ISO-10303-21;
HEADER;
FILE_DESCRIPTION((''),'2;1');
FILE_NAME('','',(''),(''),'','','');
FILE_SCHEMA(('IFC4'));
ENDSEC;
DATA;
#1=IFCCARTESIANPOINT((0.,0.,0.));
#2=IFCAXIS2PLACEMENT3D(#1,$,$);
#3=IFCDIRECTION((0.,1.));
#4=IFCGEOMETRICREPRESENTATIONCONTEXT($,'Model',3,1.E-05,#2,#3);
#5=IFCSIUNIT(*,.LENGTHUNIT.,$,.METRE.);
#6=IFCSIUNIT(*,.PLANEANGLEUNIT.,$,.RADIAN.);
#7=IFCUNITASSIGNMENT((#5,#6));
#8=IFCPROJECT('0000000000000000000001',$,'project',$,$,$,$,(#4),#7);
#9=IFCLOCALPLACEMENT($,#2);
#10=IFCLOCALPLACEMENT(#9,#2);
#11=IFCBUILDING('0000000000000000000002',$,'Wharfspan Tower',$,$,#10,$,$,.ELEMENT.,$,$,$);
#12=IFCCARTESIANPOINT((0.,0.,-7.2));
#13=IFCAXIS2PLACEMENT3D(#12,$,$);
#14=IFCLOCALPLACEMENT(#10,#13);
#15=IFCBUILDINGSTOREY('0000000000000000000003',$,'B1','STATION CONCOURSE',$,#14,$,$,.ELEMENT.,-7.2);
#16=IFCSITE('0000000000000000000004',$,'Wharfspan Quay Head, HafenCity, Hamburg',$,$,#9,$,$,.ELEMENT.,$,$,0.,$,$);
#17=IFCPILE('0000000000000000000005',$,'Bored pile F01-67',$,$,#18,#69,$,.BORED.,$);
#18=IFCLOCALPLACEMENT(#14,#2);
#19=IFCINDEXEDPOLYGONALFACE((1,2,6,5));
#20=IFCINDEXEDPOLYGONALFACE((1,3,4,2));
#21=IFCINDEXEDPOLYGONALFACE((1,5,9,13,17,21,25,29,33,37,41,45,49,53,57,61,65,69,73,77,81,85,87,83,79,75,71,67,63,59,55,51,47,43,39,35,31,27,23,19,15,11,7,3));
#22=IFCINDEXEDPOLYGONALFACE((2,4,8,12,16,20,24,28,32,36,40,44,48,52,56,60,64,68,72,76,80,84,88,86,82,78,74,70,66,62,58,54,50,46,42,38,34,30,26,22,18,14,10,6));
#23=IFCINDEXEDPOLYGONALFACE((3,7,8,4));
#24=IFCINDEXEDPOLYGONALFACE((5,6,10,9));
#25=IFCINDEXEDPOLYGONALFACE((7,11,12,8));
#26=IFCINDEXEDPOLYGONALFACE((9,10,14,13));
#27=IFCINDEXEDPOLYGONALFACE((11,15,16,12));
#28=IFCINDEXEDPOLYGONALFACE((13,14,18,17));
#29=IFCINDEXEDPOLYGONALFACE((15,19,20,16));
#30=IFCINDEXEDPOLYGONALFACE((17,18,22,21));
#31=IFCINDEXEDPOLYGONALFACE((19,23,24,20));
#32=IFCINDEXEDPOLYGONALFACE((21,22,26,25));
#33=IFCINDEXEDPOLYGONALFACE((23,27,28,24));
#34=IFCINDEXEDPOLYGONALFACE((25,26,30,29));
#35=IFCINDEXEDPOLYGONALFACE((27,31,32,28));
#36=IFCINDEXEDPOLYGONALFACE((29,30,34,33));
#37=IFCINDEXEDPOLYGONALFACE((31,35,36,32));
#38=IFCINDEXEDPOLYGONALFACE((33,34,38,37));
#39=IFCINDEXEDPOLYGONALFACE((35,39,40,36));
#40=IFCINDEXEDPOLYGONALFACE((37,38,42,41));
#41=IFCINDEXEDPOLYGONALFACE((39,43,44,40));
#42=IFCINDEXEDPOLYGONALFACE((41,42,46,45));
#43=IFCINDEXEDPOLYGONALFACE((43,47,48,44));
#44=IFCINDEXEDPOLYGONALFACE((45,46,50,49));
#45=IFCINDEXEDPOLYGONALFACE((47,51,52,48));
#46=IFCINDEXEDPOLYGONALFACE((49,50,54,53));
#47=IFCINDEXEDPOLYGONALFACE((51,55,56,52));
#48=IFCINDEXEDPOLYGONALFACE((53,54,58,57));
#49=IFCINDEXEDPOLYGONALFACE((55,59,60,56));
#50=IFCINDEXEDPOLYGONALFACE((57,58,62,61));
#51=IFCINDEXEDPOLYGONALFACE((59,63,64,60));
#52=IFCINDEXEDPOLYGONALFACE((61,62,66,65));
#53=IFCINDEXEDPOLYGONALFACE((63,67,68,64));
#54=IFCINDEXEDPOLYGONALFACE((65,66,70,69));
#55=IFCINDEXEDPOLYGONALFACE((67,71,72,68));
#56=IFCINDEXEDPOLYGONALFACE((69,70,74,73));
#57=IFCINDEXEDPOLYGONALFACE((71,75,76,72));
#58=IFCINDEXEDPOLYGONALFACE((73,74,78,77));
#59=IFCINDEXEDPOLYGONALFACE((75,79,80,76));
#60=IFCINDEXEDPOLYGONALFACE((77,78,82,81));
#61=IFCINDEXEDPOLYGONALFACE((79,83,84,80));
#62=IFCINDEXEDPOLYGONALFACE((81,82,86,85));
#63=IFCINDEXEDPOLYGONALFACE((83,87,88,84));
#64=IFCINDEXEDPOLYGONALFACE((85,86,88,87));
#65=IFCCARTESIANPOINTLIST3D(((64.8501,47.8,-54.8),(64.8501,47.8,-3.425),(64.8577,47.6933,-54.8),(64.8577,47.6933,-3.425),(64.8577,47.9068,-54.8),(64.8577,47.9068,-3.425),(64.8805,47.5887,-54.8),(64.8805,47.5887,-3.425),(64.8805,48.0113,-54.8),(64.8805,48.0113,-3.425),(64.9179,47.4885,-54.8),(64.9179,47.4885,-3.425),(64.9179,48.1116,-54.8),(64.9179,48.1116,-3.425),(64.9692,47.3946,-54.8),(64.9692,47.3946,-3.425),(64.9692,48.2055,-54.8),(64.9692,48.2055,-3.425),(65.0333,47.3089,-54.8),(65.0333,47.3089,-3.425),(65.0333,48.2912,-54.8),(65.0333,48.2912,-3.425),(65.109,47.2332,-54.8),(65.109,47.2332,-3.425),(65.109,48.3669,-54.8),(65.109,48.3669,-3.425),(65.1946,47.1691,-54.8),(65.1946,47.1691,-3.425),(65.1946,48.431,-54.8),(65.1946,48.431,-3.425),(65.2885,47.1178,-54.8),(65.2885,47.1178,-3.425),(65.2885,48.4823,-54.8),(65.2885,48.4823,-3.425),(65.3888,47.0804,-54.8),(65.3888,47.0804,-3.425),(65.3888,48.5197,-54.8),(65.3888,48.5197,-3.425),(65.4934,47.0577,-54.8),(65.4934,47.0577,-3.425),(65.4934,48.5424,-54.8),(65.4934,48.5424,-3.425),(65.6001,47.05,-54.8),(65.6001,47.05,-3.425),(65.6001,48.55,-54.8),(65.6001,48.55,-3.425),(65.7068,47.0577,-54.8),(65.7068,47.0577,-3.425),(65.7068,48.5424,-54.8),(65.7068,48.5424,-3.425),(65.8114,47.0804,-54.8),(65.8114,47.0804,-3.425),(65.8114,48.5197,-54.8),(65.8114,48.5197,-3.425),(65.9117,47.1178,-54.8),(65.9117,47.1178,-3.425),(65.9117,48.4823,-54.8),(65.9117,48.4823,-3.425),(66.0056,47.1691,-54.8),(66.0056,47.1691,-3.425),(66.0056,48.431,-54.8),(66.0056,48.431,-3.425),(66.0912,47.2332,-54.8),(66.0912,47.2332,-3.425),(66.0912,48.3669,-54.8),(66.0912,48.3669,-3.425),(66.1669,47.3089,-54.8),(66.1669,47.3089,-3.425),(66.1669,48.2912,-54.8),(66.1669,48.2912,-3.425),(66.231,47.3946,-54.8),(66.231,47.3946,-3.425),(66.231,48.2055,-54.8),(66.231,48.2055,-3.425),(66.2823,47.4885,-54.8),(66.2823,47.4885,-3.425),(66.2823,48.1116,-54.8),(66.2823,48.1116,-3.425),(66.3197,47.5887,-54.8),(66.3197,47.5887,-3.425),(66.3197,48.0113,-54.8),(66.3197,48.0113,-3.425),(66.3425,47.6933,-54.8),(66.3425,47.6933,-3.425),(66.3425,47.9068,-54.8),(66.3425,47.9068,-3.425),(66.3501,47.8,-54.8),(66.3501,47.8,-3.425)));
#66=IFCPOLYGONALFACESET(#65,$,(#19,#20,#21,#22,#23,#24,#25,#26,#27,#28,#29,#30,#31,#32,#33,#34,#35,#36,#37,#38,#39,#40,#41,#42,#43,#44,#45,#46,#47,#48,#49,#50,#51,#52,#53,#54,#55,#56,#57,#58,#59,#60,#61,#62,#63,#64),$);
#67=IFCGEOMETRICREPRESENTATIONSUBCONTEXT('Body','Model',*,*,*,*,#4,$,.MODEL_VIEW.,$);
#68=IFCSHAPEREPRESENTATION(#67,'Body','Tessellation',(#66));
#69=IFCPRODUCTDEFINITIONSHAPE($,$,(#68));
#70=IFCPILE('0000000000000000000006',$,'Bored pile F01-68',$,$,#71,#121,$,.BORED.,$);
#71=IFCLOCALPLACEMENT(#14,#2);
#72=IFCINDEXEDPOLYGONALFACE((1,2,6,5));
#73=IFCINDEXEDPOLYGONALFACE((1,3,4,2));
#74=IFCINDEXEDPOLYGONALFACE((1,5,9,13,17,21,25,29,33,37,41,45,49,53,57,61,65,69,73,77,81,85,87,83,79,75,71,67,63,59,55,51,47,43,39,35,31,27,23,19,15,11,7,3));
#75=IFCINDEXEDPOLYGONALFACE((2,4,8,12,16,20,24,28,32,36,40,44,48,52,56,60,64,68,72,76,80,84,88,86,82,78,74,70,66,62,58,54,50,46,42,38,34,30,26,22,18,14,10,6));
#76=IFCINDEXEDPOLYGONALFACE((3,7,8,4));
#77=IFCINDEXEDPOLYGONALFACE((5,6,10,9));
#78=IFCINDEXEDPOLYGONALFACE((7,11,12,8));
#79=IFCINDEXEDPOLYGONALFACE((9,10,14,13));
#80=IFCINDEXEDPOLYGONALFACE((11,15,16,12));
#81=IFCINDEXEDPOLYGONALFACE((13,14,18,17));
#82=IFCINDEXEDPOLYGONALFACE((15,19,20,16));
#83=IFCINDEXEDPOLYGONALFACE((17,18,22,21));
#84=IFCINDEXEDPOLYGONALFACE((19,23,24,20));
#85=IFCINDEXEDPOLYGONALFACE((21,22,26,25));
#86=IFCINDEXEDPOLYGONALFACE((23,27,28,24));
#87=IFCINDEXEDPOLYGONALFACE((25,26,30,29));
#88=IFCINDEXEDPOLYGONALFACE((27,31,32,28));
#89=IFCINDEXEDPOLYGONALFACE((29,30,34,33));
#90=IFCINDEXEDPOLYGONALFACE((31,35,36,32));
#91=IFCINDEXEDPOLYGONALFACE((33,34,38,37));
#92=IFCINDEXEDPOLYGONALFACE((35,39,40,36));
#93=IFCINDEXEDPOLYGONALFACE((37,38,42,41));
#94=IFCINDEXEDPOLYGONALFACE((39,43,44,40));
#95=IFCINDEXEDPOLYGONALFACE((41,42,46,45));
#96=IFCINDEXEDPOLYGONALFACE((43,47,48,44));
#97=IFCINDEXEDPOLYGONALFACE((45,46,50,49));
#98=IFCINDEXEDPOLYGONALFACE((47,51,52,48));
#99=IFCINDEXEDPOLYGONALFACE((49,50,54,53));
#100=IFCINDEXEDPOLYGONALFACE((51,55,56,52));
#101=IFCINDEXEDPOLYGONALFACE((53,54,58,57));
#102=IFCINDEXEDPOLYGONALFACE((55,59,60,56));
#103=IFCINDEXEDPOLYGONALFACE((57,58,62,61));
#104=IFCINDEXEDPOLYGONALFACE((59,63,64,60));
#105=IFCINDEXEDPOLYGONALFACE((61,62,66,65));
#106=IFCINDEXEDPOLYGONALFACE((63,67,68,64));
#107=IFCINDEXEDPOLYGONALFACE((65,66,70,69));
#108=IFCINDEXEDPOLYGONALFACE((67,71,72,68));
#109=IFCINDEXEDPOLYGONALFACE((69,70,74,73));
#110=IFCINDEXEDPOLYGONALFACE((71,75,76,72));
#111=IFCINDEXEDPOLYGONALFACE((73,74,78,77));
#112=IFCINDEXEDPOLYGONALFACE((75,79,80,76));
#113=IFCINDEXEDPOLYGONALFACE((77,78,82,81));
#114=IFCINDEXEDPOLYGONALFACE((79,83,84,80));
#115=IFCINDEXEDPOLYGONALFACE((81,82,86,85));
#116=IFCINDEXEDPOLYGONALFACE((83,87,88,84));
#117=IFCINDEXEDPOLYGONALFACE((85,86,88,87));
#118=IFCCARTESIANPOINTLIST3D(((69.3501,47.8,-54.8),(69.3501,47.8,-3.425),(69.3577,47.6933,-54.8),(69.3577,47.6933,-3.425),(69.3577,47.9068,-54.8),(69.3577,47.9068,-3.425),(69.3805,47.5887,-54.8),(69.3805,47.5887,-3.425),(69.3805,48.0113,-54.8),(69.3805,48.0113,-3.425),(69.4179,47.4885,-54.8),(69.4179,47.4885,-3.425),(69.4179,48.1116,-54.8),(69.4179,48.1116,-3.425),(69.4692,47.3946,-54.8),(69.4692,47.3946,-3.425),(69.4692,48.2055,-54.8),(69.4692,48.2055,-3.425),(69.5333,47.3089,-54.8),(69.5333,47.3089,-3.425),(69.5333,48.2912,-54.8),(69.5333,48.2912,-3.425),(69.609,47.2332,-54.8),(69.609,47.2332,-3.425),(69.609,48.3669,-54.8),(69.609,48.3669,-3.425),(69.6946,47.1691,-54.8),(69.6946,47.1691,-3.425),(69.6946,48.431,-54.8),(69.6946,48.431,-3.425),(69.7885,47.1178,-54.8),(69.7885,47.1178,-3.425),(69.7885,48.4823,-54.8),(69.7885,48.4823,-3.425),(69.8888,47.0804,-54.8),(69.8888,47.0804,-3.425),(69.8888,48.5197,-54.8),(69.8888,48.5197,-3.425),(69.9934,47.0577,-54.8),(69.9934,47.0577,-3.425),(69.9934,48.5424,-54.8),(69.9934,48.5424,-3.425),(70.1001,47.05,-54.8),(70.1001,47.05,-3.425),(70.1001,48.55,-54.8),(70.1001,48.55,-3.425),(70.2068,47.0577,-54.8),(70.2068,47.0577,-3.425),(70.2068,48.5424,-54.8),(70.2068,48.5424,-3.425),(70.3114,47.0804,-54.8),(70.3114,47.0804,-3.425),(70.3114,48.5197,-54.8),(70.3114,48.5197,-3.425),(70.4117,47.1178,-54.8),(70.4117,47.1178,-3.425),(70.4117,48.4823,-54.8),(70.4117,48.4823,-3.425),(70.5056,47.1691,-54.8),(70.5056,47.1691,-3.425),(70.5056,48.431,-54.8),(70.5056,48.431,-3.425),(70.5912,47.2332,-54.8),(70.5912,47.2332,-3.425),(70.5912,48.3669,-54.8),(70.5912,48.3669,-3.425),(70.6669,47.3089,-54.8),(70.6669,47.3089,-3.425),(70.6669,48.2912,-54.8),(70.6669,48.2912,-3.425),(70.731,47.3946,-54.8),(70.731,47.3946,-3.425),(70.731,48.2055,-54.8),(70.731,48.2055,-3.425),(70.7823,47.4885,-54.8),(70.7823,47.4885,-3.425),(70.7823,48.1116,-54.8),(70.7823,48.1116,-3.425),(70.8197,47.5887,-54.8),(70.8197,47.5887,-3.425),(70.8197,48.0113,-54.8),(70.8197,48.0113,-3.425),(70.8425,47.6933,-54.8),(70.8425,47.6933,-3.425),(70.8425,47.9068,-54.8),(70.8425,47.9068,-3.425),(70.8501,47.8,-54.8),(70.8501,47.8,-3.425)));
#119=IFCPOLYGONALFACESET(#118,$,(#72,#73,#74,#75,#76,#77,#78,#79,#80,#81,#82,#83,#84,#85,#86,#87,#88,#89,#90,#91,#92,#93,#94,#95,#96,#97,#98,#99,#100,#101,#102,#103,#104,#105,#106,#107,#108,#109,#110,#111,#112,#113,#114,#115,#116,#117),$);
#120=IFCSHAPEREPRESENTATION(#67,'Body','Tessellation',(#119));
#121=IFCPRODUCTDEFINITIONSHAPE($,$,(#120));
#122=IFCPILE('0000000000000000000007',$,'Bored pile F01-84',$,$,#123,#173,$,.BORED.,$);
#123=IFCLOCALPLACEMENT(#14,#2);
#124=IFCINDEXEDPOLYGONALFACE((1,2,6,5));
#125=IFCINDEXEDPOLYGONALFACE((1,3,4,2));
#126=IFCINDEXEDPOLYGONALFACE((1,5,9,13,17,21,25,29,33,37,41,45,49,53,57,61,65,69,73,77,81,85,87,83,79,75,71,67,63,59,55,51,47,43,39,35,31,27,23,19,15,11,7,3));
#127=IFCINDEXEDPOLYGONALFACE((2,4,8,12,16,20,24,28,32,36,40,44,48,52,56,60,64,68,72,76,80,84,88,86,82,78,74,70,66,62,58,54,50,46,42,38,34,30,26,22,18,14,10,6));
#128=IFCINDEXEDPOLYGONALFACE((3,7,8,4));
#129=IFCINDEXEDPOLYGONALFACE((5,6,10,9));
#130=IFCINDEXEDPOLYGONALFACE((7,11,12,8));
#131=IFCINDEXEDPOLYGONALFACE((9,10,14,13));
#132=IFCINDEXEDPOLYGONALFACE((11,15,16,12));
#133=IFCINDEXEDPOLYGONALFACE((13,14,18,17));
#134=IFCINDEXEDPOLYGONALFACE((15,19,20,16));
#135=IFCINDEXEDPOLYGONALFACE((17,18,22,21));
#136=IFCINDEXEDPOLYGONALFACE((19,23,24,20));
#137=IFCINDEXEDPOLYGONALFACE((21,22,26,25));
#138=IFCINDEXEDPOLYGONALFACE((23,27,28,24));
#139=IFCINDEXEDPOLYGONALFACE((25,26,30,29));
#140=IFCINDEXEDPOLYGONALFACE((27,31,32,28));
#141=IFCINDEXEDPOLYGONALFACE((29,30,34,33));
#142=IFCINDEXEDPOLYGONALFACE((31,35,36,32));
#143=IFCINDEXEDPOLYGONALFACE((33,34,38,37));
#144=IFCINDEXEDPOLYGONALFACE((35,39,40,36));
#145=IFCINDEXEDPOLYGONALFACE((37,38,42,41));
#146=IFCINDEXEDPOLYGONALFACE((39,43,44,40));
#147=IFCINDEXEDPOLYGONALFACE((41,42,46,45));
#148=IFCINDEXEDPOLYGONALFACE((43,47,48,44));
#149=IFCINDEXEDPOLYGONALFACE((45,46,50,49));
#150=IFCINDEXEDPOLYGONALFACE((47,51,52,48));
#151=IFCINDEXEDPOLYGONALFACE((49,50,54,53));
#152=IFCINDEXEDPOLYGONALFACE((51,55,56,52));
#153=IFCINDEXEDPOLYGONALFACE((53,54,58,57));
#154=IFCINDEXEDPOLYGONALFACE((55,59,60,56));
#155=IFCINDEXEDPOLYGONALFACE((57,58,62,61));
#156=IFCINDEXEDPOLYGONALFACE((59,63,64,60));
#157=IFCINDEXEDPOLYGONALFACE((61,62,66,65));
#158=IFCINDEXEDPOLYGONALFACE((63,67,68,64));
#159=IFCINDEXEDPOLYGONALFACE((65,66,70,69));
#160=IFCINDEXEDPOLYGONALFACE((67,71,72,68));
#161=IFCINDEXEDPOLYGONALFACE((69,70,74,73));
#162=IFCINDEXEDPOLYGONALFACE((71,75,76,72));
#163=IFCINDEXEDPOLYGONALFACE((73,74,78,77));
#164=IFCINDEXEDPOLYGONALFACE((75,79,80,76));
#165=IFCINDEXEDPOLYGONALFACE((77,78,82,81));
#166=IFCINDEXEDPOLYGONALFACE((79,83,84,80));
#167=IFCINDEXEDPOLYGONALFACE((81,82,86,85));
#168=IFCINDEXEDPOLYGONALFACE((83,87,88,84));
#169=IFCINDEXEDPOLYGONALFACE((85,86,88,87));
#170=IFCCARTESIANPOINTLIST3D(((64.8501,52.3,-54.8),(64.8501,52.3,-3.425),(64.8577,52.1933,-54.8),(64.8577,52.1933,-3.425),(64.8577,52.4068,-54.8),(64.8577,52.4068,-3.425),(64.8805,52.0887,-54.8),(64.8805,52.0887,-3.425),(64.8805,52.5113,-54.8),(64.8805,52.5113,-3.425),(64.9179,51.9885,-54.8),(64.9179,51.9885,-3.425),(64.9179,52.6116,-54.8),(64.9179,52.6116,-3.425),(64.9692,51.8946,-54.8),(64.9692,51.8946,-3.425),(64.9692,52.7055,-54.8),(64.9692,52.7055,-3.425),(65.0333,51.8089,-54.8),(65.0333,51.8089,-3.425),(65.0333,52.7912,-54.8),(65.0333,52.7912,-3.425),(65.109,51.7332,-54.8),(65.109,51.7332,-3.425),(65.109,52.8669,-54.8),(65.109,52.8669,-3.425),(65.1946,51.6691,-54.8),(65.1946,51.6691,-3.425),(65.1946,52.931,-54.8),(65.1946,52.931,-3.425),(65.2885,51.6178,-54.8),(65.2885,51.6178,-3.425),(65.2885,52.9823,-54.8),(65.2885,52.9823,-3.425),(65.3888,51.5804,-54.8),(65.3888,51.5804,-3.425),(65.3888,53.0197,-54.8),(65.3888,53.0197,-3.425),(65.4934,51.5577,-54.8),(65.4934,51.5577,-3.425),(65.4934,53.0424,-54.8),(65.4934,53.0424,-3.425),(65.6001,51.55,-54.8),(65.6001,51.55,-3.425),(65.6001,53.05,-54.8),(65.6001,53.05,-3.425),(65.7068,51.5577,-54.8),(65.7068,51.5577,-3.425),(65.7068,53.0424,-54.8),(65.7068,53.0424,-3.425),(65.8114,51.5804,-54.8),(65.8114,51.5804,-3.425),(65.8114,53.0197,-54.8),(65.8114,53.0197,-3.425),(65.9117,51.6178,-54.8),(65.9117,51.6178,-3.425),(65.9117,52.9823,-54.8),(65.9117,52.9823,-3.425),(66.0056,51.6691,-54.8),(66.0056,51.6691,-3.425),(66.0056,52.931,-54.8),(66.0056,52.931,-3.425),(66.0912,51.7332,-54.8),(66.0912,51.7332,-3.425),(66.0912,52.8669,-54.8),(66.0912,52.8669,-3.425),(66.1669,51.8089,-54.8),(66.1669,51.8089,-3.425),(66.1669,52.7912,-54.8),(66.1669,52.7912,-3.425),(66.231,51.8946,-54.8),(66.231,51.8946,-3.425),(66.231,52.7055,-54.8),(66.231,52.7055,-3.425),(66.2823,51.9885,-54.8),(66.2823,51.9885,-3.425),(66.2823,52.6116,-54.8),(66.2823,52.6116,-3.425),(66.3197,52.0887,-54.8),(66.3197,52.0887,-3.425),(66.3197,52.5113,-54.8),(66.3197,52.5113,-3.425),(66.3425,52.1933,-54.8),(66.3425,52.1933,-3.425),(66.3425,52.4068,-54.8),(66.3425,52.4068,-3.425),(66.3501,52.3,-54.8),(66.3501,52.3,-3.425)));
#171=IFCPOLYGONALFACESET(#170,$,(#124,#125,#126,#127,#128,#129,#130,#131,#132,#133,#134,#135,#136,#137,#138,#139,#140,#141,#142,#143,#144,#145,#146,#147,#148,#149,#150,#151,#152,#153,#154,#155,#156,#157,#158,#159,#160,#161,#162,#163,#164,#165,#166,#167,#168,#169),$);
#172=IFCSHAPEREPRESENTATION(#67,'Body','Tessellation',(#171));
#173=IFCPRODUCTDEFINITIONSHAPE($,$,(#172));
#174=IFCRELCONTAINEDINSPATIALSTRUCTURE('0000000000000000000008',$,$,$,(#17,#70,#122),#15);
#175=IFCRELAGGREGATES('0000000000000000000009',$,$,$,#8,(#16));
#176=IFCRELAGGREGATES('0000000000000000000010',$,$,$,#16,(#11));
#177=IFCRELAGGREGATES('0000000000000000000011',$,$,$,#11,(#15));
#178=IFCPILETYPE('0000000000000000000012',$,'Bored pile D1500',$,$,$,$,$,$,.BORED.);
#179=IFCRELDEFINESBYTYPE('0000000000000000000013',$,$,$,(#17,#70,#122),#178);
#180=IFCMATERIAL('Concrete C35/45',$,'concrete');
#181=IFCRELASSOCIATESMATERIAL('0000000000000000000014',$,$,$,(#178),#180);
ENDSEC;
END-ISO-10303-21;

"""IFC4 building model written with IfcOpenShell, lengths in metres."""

from ifc_helpers import new_model, si_unit, direction, frame, origin, origin_2d, place, context, subcontext, project, spatial, circle, extrude, material, material_profile, profile_set, type_object, element, save


model = new_model("IFC4")

# Units and contexts
model_context = context("Model", 3, precision=1e-05, world=origin(), true_north=direction((0.0, 1.0)))
body_context = subcontext(model_context, "Body", "Model", "MODEL_VIEW")
ifc_project = project(units=[si_unit("LENGTHUNIT", "METRE"), si_unit("PLANEANGLEUNIT", "RADIAN")], contexts=[model_context])

# Site, building, storey
site_placement = place(None, origin())
site = spatial("IfcSite", under=ifc_project, at=site_placement, Name="Wharfspan Quay Head, HafenCity, Hamburg", CompositionType="ELEMENT", RefElevation=0.0)
building_placement = place(site_placement, origin())
building = spatial("IfcBuilding", under=site, at=building_placement, Name="Wharfspan Tower", CompositionType="ELEMENT")
storey_placement = place(building_placement, frame((0.0, 0.0, -7.2)))
storey = spatial("IfcBuildingStorey", under=building, at=storey_placement, Name="B1", Description="STATION CONCOURSE", CompositionType="ELEMENT", Elevation=-7.2)

# Piles
ifc_material_1 = material(Name="Concrete C35/45", Category="concrete")
ifc_material_profile_1 = material_profile(ifc_material_1, circle(Radius=0.75, at=origin_2d()))
ifc_profile_set_1 = profile_set([ifc_material_profile_1], Name="Concrete C35/45")
pile_type = type_object("IfcPileType", Name="Bored pile D1500", PredefinedType="BORED", material=ifc_profile_set_1)
for number, where, z_axis, x_axis, name in (
    (1, (65.6001, 47.8, -3.425), (0.0, 0.0, -1.0), (1.0, 0.0, 0.0), "Bored pile F01-67"),
    (2, (70.1001, 47.8, -3.425), (0.0, 0.0, -1.0), (1.0, 0.0, 0.0), "Bored pile F01-68"),
    (3, (65.6001, 52.3, -3.425), (0.0, 0.0, -1.0), (1.0, 0.0, 0.0), "Bored pile F01-84"),
):
    element("IfcPile", number, at=place(storey_placement, frame(where, z_axis=z_axis, x_axis=x_axis)), inside=storey, type_object=pile_type, Name=name, PredefinedType="BORED", context=body_context, shape_type="SweptSolid", body=[
        extrude(circle(Radius=0.75, at=origin_2d()), origin(), (0.0, 0.0, 1.0), 51.375),
    ])

save(model, "model.ifc")
